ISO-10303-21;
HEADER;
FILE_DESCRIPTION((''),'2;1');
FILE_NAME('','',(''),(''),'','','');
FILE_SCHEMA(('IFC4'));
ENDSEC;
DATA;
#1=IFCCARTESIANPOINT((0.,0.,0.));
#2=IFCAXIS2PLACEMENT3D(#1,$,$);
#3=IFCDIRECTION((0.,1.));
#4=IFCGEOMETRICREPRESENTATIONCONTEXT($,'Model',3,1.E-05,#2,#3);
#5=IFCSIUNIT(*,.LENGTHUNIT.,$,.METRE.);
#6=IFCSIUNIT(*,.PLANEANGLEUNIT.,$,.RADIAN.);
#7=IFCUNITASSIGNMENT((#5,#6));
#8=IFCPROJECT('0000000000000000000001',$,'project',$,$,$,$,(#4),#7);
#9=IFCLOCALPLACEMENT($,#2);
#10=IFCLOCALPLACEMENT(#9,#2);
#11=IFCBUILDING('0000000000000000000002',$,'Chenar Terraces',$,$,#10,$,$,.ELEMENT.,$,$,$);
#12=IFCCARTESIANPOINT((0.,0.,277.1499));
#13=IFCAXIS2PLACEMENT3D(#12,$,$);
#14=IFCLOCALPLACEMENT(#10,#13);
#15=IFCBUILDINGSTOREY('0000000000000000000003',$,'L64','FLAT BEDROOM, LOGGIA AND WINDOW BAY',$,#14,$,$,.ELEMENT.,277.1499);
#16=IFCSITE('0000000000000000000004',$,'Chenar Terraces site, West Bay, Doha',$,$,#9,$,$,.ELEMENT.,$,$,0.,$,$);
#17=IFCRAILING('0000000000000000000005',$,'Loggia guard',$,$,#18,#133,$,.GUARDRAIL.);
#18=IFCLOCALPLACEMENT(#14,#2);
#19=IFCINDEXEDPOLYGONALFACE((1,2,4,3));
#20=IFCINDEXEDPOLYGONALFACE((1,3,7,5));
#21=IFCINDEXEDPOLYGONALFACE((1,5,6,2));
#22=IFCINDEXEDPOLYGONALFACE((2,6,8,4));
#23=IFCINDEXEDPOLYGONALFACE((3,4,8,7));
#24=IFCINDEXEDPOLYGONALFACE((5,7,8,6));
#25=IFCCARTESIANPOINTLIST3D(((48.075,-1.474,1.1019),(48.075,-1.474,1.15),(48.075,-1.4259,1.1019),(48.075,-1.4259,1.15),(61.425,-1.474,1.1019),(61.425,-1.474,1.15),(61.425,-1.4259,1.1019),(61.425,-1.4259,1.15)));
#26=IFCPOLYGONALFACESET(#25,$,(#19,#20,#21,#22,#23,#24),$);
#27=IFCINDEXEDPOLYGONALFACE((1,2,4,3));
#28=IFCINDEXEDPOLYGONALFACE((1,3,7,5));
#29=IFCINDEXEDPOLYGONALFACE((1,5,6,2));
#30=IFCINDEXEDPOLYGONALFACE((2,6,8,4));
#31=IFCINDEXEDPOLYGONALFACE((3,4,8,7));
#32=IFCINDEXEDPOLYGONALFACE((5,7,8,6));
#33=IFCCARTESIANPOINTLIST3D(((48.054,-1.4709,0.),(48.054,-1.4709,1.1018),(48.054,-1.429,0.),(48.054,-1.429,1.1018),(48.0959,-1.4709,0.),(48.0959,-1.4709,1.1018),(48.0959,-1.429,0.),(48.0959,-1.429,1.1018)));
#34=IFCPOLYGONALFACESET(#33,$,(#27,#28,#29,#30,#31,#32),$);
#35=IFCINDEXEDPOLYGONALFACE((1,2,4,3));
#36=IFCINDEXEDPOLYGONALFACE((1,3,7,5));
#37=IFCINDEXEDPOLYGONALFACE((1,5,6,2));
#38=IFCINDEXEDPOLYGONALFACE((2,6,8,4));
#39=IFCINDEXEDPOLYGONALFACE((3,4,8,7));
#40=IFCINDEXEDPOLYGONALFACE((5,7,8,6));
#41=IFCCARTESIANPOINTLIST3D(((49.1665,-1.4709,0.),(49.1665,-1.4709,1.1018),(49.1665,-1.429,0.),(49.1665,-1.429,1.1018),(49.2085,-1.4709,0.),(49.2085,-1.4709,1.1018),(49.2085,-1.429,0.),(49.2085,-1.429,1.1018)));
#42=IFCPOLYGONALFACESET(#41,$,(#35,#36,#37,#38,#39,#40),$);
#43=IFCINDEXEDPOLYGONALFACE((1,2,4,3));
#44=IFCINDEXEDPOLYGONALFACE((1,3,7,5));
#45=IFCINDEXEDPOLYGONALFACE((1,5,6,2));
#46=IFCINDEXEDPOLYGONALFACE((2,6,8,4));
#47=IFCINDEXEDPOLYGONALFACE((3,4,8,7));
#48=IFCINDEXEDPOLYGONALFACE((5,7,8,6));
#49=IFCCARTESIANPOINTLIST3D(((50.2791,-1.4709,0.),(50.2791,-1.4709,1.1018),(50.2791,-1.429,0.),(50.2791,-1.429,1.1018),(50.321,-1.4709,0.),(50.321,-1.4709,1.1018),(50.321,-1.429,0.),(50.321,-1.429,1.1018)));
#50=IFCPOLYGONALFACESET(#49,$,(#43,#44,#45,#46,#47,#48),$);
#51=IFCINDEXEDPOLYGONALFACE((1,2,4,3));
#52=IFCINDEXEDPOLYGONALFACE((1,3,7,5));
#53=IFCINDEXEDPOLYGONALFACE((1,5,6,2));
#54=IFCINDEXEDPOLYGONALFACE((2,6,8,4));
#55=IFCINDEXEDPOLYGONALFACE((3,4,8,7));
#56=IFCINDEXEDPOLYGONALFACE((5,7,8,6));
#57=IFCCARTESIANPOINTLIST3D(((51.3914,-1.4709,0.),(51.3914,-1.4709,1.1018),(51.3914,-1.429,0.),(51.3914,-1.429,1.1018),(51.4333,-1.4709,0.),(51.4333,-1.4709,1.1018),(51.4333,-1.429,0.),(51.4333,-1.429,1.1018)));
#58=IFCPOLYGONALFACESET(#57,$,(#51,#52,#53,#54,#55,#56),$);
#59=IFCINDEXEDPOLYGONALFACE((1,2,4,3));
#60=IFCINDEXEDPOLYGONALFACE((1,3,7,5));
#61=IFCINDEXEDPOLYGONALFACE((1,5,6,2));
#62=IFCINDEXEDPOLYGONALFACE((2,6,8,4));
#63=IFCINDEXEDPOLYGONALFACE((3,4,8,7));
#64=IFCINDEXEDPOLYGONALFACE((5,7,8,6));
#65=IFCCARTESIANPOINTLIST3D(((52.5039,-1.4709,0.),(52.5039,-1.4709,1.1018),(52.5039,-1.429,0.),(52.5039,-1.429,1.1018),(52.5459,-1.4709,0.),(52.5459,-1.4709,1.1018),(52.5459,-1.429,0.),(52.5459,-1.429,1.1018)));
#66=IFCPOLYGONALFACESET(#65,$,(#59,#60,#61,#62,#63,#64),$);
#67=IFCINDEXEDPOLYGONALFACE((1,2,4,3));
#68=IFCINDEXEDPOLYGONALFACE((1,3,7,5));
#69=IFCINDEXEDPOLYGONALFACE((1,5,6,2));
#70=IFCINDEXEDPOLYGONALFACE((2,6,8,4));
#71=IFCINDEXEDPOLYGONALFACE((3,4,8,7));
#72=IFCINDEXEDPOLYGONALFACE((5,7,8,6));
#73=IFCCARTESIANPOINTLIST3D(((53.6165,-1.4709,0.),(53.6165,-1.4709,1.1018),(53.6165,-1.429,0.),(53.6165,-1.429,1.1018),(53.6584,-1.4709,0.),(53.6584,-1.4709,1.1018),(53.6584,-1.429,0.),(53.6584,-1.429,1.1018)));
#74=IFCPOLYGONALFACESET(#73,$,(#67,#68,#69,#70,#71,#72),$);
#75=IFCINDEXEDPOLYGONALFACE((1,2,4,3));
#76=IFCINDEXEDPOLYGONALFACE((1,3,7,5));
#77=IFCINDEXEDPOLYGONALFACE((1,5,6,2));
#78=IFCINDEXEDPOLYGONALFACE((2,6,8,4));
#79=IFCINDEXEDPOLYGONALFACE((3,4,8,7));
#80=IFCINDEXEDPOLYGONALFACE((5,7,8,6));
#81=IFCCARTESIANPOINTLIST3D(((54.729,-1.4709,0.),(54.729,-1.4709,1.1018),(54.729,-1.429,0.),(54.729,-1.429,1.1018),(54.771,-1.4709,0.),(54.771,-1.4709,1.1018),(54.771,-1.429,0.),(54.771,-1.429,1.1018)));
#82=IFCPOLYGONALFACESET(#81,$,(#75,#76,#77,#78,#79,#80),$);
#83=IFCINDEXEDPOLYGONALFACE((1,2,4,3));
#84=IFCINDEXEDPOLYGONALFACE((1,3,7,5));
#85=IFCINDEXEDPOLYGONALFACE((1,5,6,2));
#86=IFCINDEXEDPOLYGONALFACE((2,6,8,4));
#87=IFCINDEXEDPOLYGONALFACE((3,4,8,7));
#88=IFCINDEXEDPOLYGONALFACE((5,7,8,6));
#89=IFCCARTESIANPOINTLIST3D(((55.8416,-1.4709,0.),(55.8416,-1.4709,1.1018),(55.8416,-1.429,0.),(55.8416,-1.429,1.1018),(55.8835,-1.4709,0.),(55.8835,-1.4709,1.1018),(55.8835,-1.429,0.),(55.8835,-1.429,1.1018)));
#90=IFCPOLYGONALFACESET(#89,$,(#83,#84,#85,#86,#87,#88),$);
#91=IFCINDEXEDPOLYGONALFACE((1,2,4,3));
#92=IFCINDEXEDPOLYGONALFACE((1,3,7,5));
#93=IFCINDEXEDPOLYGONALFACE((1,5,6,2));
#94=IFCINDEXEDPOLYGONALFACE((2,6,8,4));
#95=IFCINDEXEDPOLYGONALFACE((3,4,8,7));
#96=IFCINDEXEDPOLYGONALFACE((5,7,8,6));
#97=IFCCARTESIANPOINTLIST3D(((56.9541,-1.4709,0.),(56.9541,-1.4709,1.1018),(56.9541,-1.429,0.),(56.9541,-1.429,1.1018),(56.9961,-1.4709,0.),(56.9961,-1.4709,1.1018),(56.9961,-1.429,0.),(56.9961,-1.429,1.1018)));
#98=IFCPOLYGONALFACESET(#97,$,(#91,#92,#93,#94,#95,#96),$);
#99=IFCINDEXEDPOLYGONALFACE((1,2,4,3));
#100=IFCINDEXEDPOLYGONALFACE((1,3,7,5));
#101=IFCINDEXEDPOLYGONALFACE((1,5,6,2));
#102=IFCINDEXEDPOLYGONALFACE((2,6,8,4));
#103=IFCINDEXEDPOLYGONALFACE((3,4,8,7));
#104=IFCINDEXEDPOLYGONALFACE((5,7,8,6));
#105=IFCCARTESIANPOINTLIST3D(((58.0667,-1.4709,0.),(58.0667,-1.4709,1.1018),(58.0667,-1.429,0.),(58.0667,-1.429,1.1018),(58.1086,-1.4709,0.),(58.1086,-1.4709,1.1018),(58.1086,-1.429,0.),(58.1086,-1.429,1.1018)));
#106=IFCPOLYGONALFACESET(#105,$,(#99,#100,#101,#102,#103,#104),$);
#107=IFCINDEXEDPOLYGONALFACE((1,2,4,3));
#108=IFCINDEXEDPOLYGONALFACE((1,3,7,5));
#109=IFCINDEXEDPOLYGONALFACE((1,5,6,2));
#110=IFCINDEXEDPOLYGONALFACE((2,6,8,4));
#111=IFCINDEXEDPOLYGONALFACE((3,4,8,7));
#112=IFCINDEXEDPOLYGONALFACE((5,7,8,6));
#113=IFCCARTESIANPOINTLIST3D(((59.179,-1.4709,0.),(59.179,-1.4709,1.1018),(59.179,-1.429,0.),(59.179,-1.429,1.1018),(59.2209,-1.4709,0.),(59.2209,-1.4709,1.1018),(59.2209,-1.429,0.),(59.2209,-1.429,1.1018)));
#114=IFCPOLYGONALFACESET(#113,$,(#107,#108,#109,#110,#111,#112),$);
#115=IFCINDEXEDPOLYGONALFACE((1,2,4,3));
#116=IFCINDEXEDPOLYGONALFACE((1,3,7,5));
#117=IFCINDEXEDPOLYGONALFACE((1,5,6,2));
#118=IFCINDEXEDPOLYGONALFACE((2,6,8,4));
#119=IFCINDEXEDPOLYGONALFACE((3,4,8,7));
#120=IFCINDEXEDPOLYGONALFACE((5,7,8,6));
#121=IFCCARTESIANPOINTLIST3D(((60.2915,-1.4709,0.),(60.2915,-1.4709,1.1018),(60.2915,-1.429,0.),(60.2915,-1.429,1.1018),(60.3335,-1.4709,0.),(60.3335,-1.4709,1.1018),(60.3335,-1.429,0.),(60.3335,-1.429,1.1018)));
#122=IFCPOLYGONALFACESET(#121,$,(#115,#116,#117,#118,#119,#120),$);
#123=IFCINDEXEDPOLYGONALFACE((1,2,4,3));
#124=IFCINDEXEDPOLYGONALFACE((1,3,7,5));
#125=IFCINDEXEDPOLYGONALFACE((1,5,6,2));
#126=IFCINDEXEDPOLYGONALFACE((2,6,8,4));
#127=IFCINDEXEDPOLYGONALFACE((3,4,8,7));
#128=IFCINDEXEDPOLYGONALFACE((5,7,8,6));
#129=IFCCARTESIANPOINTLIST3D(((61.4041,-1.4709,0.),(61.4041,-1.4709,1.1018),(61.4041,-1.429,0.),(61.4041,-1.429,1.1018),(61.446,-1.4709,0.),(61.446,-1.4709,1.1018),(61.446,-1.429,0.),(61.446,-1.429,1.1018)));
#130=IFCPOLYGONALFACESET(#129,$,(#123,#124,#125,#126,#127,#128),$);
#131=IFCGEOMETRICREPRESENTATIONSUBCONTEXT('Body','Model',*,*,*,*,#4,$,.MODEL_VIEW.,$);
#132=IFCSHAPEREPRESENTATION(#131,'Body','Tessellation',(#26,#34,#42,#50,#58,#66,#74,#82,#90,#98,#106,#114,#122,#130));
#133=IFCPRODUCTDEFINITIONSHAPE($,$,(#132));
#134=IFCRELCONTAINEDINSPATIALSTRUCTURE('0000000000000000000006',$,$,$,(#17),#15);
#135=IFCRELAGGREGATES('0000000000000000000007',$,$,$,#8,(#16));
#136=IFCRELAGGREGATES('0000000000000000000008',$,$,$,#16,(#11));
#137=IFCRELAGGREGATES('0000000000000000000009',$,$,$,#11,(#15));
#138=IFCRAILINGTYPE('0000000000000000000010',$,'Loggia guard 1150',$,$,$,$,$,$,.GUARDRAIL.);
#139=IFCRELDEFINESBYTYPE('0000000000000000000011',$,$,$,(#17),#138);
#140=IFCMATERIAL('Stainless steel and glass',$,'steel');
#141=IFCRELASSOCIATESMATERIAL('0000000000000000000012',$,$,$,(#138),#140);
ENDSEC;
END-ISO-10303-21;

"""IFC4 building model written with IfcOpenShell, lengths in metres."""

from ifc_helpers import new_model, si_unit, direction, frame, origin, origin_2d, place, context, subcontext, project, spatial, rectangle, extrude, material, type_object, element, save


model = new_model("IFC4")

# Units and contexts
model_context = context("Model", 3, precision=1e-05, world=origin(), true_north=direction((0.0, 1.0)))
body_context = subcontext(model_context, "Body", "Model", "MODEL_VIEW")
ifc_project = project(units=[si_unit("LENGTHUNIT", "METRE"), si_unit("PLANEANGLEUNIT", "RADIAN")], contexts=[model_context])

# Site, building, storey
site_placement = place(None, origin())
site = spatial("IfcSite", under=ifc_project, at=site_placement, Name="Chenar Terraces site, West Bay, Doha", CompositionType="ELEMENT", RefElevation=0.0)
building_placement = place(site_placement, origin())
building = spatial("IfcBuilding", under=site, at=building_placement, Name="Chenar Terraces", CompositionType="ELEMENT")
storey_placement = place(building_placement, frame((0.0, 0.0, 277.1499)))
storey = spatial("IfcBuildingStorey", under=building, at=storey_placement, Name="L64", Description="FLAT BEDROOM, LOGGIA AND WINDOW BAY", CompositionType="ELEMENT", Elevation=277.1499)

# Railing
ifc_material_1 = material(Name="Stainless steel and glass", Category="steel")
railing_type = type_object("IfcRailingType", Name="Loggia guard 1150", PredefinedType="GUARDRAIL", material=ifc_material_1)
railing_placement = place(storey_placement, frame((48.075, -1.45, 0.0)))
element("IfcRailing", 1, at=railing_placement, inside=storey, type_object=railing_type, Name="Loggia guard", PredefinedType="GUARDRAIL", context=body_context, shape_type="SweptSolid", body=[
    extrude(rectangle(XDim=0.0481, YDim=0.0481, at=origin_2d()), frame((0.0, 0.0, 1.126), z_axis=(1.0, 0.0, 0.0), x_axis=(0.0, 1.0, 0.0)), (0.0, 0.0, 1.0), 13.3501),
    extrude(rectangle(XDim=0.042, YDim=0.042, at=origin_2d()), origin(), (0.0, 0.0, 1.0), 1.1018),
    extrude(rectangle(XDim=0.042, YDim=0.042, at=origin_2d()), frame((1.1125, 0.0, 0.0)), (0.0, 0.0, 1.0), 1.1018),
    extrude(rectangle(XDim=0.042, YDim=0.042, at=origin_2d()), frame((2.2251, 0.0, 0.0)), (0.0, 0.0, 1.0), 1.1018),
    extrude(rectangle(XDim=0.042, YDim=0.042, at=origin_2d()), frame((3.3374, 0.0, 0.0)), (0.0, 0.0, 1.0), 1.1018),
    extrude(rectangle(XDim=0.042, YDim=0.042, at=origin_2d()), frame((4.45, 0.0, 0.0)), (0.0, 0.0, 1.0), 1.1018),
    extrude(rectangle(XDim=0.042, YDim=0.042, at=origin_2d()), frame((5.5625, 0.0, 0.0)), (0.0, 0.0, 1.0), 1.1018),
    extrude(rectangle(XDim=0.042, YDim=0.042, at=origin_2d()), frame((6.675, 0.0, 0.0)), (0.0, 0.0, 1.0), 1.1018),
    extrude(rectangle(XDim=0.042, YDim=0.042, at=origin_2d()), frame((7.7876, 0.0, 0.0)), (0.0, 0.0, 1.0), 1.1018),
    extrude(rectangle(XDim=0.042, YDim=0.042, at=origin_2d()), frame((8.9001, 0.0, 0.0)), (0.0, 0.0, 1.0), 1.1018),
    extrude(rectangle(XDim=0.042, YDim=0.042, at=origin_2d()), frame((10.0127, 0.0, 0.0)), (0.0, 0.0, 1.0), 1.1018),
    extrude(rectangle(XDim=0.042, YDim=0.042, at=origin_2d()), frame((11.125, 0.0, 0.0)), (0.0, 0.0, 1.0), 1.1018),
    extrude(rectangle(XDim=0.042, YDim=0.042, at=origin_2d()), frame((12.2375, 0.0, 0.0)), (0.0, 0.0, 1.0), 1.1018),
    extrude(rectangle(XDim=0.042, YDim=0.042, at=origin_2d()), frame((13.3501, 0.0, 0.0)), (0.0, 0.0, 1.0), 1.1018),
])

save(model, "model.ifc")
